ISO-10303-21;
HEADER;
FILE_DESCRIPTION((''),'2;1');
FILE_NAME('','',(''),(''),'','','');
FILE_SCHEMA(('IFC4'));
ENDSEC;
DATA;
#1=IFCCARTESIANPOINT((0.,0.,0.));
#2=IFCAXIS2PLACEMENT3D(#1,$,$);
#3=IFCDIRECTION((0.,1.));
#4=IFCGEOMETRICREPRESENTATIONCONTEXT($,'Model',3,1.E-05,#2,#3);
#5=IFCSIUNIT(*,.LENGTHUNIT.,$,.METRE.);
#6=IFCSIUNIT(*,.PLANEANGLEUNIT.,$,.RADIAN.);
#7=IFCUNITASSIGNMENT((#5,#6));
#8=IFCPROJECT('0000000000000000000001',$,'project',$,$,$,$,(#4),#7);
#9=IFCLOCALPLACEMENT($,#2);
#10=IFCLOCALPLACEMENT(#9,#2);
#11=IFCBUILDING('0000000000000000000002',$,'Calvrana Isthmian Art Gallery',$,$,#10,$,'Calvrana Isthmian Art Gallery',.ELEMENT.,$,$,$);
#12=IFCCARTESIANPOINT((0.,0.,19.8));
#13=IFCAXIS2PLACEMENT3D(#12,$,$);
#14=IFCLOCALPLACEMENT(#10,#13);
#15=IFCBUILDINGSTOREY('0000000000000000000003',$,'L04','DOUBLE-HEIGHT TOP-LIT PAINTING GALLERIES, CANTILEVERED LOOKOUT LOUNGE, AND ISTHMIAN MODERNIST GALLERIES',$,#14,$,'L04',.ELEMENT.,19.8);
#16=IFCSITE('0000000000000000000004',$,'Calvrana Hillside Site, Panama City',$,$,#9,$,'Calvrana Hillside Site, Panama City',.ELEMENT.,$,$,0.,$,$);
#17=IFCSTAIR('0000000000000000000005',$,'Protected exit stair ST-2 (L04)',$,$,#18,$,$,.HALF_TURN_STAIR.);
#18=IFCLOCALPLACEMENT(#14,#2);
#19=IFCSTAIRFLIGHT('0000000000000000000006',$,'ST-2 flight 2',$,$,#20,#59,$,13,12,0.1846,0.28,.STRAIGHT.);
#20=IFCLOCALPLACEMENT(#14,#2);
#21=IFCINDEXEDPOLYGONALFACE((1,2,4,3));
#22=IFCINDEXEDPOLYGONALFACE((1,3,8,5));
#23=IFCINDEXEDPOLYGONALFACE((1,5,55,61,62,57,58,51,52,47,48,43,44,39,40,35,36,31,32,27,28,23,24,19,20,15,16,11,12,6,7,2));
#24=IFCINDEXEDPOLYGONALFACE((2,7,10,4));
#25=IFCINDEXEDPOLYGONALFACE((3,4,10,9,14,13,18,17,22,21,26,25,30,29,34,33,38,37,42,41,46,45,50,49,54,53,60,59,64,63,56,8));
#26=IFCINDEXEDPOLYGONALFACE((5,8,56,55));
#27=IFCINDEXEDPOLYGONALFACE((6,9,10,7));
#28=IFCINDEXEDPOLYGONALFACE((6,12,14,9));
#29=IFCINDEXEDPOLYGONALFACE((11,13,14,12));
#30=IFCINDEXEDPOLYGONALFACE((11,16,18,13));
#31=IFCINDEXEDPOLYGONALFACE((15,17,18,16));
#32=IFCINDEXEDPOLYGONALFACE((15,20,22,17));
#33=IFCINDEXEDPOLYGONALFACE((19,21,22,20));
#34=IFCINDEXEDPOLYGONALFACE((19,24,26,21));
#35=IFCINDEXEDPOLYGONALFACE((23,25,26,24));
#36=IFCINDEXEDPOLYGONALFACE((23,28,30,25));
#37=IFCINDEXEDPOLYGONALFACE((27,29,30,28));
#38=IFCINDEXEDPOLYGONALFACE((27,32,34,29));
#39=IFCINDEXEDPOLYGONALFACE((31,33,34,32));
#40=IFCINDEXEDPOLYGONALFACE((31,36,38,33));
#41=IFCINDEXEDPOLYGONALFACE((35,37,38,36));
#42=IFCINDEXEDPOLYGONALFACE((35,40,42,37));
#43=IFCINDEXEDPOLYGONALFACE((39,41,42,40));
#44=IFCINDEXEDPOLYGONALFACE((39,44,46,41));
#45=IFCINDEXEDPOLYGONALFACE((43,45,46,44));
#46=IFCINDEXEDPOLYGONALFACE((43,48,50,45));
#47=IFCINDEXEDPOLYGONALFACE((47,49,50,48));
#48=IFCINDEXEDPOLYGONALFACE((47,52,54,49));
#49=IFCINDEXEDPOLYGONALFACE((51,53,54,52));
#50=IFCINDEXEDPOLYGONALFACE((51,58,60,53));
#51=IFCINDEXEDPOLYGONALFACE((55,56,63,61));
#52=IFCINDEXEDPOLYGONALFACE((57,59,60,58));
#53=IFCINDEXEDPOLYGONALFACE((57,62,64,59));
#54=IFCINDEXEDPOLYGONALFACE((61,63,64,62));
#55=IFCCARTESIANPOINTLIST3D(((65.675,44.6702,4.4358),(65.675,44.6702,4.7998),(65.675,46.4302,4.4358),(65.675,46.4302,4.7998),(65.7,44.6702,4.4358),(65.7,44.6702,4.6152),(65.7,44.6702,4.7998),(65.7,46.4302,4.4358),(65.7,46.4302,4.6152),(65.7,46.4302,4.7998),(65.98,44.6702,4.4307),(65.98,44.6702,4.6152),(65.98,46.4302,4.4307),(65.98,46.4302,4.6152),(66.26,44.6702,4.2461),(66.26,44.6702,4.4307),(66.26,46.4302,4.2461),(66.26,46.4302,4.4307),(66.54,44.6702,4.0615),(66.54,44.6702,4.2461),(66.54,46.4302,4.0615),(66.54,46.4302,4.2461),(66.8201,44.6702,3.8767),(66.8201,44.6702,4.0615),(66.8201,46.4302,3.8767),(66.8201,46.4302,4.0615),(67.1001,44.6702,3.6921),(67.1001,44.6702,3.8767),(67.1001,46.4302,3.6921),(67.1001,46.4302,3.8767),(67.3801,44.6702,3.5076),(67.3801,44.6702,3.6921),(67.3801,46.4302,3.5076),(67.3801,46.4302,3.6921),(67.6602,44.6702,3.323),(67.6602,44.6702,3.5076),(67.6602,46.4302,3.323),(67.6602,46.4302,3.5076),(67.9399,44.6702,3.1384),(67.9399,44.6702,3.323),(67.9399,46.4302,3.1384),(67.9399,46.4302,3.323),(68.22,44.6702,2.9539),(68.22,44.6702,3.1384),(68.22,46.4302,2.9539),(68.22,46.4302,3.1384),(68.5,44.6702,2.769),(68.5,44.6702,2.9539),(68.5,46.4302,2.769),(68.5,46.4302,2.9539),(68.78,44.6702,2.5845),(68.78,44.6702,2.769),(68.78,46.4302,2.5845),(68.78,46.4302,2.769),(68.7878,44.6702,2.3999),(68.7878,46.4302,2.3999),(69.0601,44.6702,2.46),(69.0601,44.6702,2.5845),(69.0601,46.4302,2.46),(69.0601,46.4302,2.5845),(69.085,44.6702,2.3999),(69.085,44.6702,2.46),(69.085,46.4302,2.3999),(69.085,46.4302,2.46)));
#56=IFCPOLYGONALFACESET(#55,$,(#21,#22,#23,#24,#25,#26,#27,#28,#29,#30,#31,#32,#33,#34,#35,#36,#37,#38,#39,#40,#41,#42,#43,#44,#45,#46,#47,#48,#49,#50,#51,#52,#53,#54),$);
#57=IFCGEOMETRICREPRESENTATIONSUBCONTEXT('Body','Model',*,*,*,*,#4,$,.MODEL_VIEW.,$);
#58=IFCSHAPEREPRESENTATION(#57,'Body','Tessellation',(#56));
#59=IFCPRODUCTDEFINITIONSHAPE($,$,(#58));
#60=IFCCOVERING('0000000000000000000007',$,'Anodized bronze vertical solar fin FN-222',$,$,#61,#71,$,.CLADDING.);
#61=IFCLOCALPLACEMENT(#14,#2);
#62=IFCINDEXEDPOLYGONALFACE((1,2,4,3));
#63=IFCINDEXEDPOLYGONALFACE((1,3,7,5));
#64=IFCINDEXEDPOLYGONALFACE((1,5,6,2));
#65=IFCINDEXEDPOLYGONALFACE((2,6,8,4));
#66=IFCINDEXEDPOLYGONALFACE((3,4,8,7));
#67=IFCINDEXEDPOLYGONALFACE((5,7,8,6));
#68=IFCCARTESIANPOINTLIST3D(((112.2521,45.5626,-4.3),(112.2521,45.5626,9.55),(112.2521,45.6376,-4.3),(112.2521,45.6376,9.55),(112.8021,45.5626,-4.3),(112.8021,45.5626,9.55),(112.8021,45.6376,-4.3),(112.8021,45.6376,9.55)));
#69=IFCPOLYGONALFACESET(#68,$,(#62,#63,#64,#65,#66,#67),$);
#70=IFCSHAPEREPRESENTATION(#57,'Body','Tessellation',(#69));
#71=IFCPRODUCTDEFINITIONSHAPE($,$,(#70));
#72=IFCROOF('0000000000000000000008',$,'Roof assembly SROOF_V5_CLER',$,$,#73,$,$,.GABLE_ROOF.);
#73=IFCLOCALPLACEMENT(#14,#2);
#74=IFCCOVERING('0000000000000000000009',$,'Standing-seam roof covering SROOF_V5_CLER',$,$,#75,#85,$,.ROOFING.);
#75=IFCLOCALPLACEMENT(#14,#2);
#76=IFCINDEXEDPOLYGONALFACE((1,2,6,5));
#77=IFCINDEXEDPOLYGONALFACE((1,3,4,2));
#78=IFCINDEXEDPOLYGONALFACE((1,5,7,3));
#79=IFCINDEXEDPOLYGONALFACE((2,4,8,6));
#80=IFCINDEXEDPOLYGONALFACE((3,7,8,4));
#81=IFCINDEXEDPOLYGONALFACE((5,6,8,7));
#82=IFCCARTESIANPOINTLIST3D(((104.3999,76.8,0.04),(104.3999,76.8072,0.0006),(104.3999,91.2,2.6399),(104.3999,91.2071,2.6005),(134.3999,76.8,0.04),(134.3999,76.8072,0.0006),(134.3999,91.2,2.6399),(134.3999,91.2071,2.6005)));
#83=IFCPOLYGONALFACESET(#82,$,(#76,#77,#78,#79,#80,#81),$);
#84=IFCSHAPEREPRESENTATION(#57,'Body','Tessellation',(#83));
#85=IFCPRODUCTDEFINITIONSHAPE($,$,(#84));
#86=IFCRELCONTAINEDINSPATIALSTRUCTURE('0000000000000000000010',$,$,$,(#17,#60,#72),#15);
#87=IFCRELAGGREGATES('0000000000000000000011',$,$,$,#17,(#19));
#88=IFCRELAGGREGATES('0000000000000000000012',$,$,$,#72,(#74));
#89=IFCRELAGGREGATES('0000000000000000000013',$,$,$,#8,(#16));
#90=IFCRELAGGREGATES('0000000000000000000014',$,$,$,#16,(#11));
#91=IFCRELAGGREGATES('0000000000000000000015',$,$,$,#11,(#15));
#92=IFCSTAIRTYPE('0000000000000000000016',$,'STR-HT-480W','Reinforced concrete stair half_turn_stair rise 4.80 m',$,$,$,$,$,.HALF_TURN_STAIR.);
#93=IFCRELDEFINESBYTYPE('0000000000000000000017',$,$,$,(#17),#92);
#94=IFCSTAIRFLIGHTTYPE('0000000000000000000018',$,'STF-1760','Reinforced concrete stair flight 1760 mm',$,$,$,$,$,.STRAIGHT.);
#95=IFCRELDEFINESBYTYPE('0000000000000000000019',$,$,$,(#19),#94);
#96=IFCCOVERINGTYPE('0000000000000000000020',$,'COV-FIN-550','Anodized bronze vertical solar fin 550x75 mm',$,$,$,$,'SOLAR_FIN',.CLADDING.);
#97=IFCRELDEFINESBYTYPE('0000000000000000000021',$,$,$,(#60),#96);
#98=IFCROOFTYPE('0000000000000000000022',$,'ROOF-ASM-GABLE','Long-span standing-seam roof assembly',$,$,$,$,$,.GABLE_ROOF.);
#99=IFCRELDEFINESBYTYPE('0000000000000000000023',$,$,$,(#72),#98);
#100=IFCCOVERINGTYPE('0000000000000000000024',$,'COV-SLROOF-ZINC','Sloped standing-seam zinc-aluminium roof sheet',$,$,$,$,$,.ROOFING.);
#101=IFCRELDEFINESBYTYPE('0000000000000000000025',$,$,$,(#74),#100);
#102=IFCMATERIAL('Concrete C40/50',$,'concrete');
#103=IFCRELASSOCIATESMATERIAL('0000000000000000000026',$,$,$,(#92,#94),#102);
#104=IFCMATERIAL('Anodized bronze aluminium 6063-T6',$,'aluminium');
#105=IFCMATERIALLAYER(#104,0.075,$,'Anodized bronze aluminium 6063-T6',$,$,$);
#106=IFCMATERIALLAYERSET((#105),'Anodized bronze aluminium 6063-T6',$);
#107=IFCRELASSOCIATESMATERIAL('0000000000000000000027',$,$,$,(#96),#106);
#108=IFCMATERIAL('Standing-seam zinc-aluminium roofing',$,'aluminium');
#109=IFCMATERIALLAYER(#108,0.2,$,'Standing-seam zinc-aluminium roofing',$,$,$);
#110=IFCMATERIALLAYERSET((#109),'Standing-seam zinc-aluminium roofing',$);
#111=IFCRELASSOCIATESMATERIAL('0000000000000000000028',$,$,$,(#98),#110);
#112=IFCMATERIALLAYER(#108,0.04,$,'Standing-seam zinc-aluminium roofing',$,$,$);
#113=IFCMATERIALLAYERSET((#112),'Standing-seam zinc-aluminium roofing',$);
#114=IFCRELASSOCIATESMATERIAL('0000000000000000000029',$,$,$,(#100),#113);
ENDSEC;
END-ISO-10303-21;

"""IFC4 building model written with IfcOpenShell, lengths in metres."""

from ifc_helpers import new_model, si_unit, direction, frame, origin, origin_2d, place, context, subcontext, project, spatial, polyline, rectangle, outline, extrude, material, layer, layer_set, type_object, element, aggregate, save


model = new_model("IFC4")

# Units and contexts
model_context = context("Model", 3, precision=1e-05, world=origin(), true_north=direction((0.0, 1.0)))
body_context = subcontext(model_context, "Body", "Model", "MODEL_VIEW")
ifc_project = project(units=[si_unit("LENGTHUNIT", "METRE"), si_unit("PLANEANGLEUNIT", "RADIAN")], contexts=[model_context])

# Site, building, storey
site_placement = place(None, origin())
site = spatial("IfcSite", under=ifc_project, at=site_placement, Name="Calvrana Hillside Site, Panama City", LongName="Calvrana Hillside Site, Panama City", CompositionType="ELEMENT", RefElevation=0.0)
building_placement = place(site_placement, origin())
building = spatial("IfcBuilding", under=site, at=building_placement, Name="Calvrana Isthmian Art Gallery", LongName="Calvrana Isthmian Art Gallery", CompositionType="ELEMENT")
storey_placement = place(building_placement, frame((0.0, 0.0, 19.8)))
storey = spatial("IfcBuildingStorey", under=building, at=storey_placement, Name="L04", Description="DOUBLE-HEIGHT TOP-LIT PAINTING GALLERIES, CANTILEVERED LOOKOUT LOUNGE, AND ISTHMIAN MODERNIST GALLERIES", LongName="L04", CompositionType="ELEMENT", Elevation=19.8)

# Shared definitions
ifc_material_1 = material(Name="Concrete C40/50", Category="concrete")

# Stair, stair flight
stair_type = type_object("IfcStairType", Name="STR-HT-480W", Description="Reinforced concrete stair half_turn_stair rise 4.80 m", PredefinedType="HALF_TURN_STAIR", material=ifc_material_1)
stair_placement = place(storey_placement, origin())
stair = element("IfcStair", 1, at=stair_placement, inside=storey, type_object=stair_type, Name="Protected exit stair ST-2 (L04)", PredefinedType="HALF_TURN_STAIR")
stair_flight_type = type_object("IfcStairFlightType", Name="STF-1760", Description="Reinforced concrete stair flight 1760 mm", PredefinedType="STRAIGHT", material=ifc_material_1)
stair_flight_placement = place(storey_placement, frame((69.0601, 45.55, 2.3999), z_axis=(0.0, 0.0, 1.0), x_axis=(-1.0, 0.0, 0.0)))
stair_flight = element("IfcStairFlight", 2, at=stair_flight_placement, type_object=stair_flight_type, Name="ST-2 flight 2", NumberOfRisers=13, NumberOfTreads=12, PredefinedType="STRAIGHT", RiserHeight=0.1846, TreadLength=0.28, context=body_context, shape_type="SweptSolid", body=[
    extrude(outline(polyline([(-0.0249, 0.0), (-0.0249, 0.0601), (0.0, 0.0601), (0.0, 0.1846), (0.28, 0.1846), (0.28, 0.3691), (0.5601, 0.3691), (0.5601, 0.554), (0.8401, 0.554), (0.8401, 0.7385), (1.1201, 0.7385), (1.1201, 0.9231), (1.3999, 0.9231), (1.3999, 1.1077), (1.6799, 1.1077), (1.6799, 1.2922), (1.96, 1.2922), (1.96, 1.4768), (2.24, 1.4768), (2.24, 1.6616), (2.52, 1.6616), (2.52, 1.8462), (2.8, 1.8462), (2.8, 2.0308), (3.0801, 2.0308), (3.0801, 2.2153), (3.3601, 2.2153), (3.3601, 2.3999), (3.385, 2.3999), (3.385, 2.0359), (3.3601, 2.0359), (0.2722, 0.0), (-0.0249, 0.0)])), frame((0.0, 0.8799, 0.0), z_axis=(0.0, -1.0, 0.0), x_axis=(1.0, 0.0, 0.0)), (0.0, 0.0, 1.0), 1.76),
])
aggregate(stair, [stair_flight])

# Covering
ifc_material_2 = material(Name="Anodized bronze aluminium 6063-T6", Category="aluminium")
ifc_layer_1 = layer(ifc_material_2, 0.075, Name="Anodized bronze aluminium 6063-T6")
ifc_layer_set_1 = layer_set([ifc_layer_1], Name="Anodized bronze aluminium 6063-T6")
covering_type_1 = type_object("IfcCoveringType", Name="COV-FIN-550", Description="Anodized bronze vertical solar fin 550x75 mm", ElementType="SOLAR_FIN", PredefinedType="CLADDING", material=ifc_layer_set_1)
covering_1_placement = place(storey_placement, frame((112.5271, 45.6001, -4.3), z_axis=(0.0, 0.0, 1.0), x_axis=(1.0, 0.0, 0.0)))
element("IfcCovering", 3, at=covering_1_placement, inside=storey, type_object=covering_type_1, Name="Anodized bronze vertical solar fin FN-222", PredefinedType="CLADDING", context=body_context, shape_type="SweptSolid", body=[
    extrude(rectangle(XDim=0.55, YDim=0.075, at=origin_2d()), origin(), (0.0, 0.0, 1.0), 13.8501),
])

# Roof, covering
ifc_material_3 = material(Name="Standing-seam zinc-aluminium roofing", Category="aluminium")
ifc_layer_2 = layer(ifc_material_3, 0.2, Name="Standing-seam zinc-aluminium roofing")
ifc_layer_set_2 = layer_set([ifc_layer_2], Name="Standing-seam zinc-aluminium roofing")
roof_type = type_object("IfcRoofType", Name="ROOF-ASM-GABLE", Description="Long-span standing-seam roof assembly", PredefinedType="GABLE_ROOF", material=ifc_layer_set_2)
roof_placement = place(storey_placement, origin())
roof = element("IfcRoof", 4, at=roof_placement, inside=storey, type_object=roof_type, Name="Roof assembly SROOF_V5_CLER", PredefinedType="GABLE_ROOF")
ifc_layer_3 = layer(ifc_material_3, 0.04, Name="Standing-seam zinc-aluminium roofing")
ifc_layer_set_3 = layer_set([ifc_layer_3], Name="Standing-seam zinc-aluminium roofing")
covering_type_2 = type_object("IfcCoveringType", Name="COV-SLROOF-ZINC", Description="Sloped standing-seam zinc-aluminium roof sheet", PredefinedType="ROOFING", material=ifc_layer_set_3)
covering_2_placement = place(storey_placement, frame((104.3999, 76.8, 0.04), z_axis=(0.0, -0.177674, 0.984089), x_axis=(1.0, 0.0, 0.0)))
covering_2 = element("IfcCovering", 5, at=covering_2_placement, type_object=covering_type_2, Name="Standing-seam roof covering SROOF_V5_CLER", PredefinedType="ROOFING", context=body_context, shape_type="SweptSolid", body=[
    extrude(outline(polyline([(0.0, 0.0), (30.0, 0.0), (30.0, 14.6327), (0.0, 14.6327), (0.0, 0.0)])), origin(), (0.0, 0.0, -1.0), 0.04),
])
aggregate(roof, [covering_2])

save(model, "model.ifc")
